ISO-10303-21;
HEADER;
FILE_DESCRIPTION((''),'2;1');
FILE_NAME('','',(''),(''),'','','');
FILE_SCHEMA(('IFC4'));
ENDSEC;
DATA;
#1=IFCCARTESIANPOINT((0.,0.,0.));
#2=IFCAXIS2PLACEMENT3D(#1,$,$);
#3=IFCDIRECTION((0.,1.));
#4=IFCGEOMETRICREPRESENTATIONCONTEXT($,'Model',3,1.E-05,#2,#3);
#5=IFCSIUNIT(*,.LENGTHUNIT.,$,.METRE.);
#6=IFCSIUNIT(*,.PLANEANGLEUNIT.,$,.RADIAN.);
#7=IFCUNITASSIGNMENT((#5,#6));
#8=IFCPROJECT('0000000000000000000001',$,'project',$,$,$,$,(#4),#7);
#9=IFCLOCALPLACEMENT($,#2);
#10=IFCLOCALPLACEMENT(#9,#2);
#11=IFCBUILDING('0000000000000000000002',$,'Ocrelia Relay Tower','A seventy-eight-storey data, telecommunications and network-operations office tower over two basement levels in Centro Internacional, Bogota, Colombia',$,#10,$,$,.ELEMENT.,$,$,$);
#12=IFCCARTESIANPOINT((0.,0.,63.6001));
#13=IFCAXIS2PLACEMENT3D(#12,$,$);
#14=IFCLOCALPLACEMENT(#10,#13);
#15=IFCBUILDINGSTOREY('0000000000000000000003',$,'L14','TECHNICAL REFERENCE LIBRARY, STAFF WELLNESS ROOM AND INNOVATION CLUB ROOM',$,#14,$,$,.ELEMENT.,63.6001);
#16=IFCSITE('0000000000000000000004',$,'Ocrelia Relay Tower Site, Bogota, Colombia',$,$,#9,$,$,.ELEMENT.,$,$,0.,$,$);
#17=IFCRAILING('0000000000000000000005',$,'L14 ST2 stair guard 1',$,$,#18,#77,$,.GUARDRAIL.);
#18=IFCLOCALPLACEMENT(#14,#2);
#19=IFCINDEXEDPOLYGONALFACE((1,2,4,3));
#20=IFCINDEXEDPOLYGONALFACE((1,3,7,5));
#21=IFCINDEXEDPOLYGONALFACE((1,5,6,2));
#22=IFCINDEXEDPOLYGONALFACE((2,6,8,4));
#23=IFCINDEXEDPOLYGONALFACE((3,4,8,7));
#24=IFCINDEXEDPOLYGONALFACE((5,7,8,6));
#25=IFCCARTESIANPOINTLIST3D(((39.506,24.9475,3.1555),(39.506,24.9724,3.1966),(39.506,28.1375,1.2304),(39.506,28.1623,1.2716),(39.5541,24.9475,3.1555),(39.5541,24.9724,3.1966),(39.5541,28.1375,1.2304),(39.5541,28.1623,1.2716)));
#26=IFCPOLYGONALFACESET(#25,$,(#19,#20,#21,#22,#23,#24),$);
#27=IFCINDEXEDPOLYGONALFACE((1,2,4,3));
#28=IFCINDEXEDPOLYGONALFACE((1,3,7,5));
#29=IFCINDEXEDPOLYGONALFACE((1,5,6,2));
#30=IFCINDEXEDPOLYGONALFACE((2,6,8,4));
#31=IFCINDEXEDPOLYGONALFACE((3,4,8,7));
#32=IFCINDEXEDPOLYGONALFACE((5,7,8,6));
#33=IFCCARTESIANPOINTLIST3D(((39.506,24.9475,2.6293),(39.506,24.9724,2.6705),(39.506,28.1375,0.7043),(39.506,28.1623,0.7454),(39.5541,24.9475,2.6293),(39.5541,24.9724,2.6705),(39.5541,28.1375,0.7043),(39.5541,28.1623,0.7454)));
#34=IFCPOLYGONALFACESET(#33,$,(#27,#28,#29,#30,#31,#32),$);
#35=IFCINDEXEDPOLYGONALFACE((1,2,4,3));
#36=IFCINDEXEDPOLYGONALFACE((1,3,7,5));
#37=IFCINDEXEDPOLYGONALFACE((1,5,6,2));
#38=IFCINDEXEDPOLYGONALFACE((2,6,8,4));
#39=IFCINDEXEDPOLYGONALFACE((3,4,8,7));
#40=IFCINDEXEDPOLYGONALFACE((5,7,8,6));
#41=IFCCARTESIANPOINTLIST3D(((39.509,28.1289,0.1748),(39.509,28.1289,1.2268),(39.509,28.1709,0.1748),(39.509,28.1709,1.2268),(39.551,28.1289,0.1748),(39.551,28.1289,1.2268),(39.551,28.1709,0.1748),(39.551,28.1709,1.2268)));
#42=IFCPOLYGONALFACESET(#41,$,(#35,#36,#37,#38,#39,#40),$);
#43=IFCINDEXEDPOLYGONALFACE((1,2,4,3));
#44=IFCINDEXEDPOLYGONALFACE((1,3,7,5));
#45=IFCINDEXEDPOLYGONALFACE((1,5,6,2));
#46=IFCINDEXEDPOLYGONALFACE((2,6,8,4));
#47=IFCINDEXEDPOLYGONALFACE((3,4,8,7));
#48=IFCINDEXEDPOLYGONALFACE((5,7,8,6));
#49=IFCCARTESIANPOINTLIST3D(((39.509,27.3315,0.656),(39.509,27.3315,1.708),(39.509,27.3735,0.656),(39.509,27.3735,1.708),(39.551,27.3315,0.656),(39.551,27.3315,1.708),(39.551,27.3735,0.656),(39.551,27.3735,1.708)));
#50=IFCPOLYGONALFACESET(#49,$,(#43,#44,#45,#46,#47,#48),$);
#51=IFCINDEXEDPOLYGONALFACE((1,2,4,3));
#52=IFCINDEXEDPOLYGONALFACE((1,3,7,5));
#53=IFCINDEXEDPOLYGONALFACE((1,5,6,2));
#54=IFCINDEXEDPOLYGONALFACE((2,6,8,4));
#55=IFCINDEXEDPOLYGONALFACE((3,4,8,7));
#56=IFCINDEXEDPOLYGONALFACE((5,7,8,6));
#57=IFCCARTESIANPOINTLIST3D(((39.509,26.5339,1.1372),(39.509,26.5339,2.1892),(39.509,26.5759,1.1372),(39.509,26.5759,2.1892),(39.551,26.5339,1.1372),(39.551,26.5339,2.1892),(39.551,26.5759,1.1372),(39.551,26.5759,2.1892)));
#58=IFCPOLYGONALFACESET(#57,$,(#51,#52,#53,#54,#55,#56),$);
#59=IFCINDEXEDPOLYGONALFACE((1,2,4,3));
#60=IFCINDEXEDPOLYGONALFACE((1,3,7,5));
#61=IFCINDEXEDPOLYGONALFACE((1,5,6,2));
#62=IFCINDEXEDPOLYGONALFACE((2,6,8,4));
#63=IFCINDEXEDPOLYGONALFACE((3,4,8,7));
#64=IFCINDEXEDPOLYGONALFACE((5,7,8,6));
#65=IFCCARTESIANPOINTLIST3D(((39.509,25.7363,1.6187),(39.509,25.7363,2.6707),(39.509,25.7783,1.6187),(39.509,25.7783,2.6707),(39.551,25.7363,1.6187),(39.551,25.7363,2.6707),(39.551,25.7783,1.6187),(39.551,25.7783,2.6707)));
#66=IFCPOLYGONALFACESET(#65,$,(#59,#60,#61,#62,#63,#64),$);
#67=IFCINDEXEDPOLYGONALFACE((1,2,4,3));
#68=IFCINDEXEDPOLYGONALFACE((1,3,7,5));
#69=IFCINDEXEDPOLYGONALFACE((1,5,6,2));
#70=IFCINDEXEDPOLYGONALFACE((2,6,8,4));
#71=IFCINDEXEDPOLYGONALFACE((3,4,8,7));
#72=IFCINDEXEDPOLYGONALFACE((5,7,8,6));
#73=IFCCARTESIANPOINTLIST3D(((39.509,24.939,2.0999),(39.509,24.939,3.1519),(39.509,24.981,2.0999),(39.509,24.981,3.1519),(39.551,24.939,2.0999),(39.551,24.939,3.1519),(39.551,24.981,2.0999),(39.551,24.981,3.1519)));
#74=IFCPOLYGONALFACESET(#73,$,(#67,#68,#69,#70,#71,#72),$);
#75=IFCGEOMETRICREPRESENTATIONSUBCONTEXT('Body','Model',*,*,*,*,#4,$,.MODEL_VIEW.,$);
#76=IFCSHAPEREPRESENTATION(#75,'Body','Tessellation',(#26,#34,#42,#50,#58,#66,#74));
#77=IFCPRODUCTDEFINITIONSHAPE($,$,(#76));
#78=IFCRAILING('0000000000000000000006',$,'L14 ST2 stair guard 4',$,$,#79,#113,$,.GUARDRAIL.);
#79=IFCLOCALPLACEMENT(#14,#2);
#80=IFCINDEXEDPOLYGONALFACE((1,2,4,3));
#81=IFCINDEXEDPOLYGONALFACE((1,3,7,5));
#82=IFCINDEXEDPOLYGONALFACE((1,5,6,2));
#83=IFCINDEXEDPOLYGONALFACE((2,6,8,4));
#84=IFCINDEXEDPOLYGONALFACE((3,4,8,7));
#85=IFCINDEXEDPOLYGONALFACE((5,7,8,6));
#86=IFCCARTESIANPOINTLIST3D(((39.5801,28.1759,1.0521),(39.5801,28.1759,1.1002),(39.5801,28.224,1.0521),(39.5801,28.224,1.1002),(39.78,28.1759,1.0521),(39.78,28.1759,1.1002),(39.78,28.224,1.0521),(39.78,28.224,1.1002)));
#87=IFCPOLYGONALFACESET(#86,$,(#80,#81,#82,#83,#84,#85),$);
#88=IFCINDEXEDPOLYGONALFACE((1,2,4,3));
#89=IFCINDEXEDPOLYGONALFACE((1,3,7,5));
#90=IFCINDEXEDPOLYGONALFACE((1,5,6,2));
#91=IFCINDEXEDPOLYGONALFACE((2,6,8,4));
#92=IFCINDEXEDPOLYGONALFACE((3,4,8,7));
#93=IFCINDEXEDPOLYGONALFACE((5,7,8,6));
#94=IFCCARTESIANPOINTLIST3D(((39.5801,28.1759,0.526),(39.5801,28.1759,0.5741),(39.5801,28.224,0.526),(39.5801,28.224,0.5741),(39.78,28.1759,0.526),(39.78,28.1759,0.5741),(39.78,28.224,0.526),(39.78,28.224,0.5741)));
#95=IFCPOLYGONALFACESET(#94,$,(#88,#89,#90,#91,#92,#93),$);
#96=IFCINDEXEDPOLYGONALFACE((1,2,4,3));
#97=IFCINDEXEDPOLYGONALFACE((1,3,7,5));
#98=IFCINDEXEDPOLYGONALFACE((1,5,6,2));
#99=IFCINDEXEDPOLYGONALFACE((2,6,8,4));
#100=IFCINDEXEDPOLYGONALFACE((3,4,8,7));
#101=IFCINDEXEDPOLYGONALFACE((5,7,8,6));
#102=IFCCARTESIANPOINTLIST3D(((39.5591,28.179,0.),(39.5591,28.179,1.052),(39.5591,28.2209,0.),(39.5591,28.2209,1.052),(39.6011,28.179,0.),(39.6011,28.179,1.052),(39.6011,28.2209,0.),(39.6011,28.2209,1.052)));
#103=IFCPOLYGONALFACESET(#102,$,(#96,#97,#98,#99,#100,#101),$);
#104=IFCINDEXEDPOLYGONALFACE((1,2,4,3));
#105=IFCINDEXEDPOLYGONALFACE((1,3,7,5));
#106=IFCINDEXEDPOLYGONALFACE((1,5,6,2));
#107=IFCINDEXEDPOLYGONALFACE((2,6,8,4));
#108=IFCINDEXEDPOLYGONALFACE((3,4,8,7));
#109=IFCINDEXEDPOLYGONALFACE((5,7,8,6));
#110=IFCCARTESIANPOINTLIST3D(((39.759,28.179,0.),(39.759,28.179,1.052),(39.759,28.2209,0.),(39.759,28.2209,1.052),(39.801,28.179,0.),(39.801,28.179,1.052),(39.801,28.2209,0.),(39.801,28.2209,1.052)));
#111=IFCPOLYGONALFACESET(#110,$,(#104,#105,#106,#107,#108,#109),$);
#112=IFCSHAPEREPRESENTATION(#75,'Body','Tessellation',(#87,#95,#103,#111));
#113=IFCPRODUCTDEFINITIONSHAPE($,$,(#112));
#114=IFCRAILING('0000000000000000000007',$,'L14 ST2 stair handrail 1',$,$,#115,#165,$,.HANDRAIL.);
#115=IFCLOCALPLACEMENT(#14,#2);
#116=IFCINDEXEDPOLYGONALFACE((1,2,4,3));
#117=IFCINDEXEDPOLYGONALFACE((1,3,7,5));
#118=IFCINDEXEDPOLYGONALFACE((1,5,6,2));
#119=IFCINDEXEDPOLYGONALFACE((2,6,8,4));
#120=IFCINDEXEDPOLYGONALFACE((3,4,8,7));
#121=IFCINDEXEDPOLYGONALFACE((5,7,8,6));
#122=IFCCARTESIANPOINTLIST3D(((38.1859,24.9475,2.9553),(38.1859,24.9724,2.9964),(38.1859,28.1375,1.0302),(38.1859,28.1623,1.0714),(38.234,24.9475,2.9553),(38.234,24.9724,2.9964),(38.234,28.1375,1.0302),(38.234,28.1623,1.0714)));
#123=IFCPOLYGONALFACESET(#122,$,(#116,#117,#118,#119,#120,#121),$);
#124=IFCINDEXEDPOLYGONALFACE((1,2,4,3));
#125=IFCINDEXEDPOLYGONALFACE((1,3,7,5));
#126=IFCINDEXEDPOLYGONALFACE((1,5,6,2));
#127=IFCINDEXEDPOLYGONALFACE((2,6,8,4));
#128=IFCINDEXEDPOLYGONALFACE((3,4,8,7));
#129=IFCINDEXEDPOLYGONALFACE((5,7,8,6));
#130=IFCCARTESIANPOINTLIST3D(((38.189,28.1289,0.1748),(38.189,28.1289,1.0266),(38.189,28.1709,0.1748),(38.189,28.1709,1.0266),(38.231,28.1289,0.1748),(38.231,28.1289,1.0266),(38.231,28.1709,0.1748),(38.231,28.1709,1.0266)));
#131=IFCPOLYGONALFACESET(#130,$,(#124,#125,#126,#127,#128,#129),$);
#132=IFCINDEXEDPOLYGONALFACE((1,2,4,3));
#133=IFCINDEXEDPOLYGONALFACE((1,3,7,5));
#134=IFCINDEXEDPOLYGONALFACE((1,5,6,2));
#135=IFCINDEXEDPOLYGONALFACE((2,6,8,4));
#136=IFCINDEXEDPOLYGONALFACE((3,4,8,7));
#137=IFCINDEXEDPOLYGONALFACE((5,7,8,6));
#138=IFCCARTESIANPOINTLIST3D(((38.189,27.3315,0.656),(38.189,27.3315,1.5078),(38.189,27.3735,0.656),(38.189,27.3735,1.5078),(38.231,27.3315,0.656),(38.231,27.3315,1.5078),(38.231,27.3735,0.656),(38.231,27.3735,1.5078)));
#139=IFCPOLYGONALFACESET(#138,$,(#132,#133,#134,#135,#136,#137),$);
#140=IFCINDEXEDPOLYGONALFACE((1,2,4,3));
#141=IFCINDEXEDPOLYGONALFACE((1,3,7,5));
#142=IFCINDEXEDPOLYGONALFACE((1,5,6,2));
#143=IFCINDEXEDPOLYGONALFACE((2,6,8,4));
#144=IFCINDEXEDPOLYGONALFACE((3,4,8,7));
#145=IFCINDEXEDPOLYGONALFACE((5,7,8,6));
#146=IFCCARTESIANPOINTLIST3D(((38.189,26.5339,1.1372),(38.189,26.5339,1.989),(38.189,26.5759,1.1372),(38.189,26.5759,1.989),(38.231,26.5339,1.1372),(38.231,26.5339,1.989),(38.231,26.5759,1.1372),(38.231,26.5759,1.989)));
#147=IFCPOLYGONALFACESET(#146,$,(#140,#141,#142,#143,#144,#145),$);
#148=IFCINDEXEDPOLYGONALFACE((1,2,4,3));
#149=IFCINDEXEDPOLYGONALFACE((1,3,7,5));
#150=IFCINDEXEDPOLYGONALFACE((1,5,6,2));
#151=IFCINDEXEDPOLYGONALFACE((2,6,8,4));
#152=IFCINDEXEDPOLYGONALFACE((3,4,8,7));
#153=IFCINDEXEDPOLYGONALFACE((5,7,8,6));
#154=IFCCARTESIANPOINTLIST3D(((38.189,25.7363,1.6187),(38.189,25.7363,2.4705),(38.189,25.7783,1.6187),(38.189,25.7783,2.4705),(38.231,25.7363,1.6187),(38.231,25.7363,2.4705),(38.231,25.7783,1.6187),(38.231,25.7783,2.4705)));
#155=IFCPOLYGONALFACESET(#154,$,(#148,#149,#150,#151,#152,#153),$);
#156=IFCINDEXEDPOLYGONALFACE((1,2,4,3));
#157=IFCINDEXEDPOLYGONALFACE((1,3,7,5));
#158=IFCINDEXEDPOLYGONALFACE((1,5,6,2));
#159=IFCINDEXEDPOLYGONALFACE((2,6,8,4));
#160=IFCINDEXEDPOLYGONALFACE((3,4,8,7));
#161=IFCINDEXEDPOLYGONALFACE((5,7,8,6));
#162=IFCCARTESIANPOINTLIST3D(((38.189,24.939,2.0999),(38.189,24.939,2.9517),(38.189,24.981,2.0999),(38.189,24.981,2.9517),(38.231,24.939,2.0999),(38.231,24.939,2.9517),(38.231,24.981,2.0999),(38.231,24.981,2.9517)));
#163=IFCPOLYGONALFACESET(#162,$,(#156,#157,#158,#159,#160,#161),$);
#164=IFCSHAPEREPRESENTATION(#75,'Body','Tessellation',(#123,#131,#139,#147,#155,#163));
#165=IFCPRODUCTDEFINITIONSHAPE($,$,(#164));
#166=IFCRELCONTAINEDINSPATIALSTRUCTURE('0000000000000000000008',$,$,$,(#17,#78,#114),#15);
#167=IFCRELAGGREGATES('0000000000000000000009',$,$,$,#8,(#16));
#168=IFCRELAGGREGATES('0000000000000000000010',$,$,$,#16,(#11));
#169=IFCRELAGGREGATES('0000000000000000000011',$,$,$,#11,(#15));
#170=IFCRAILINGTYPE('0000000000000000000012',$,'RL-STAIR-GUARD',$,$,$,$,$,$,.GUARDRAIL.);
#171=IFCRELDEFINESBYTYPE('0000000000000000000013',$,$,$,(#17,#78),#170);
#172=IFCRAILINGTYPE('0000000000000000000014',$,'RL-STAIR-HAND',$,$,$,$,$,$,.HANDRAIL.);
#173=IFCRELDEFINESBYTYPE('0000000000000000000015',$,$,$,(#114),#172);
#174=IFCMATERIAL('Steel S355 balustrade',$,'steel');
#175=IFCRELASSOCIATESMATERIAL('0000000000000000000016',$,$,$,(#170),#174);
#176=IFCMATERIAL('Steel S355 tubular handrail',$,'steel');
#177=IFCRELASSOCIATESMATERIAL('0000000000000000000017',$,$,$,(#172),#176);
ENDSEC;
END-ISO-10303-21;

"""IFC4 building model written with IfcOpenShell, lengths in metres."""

from ifc_helpers import new_model, si_unit, direction, frame, origin, origin_2d, place, context, subcontext, project, spatial, rectangle, extrude, material, type_object, element, save


model = new_model("IFC4")

# Units and contexts
model_context = context("Model", 3, precision=1e-05, world=origin(), true_north=direction((0.0, 1.0)))
body_context = subcontext(model_context, "Body", "Model", "MODEL_VIEW")
ifc_project = project(units=[si_unit("LENGTHUNIT", "METRE"), si_unit("PLANEANGLEUNIT", "RADIAN")], contexts=[model_context])

# Site, building, storey
site_placement = place(None, origin())
site = spatial("IfcSite", under=ifc_project, at=site_placement, Name="Ocrelia Relay Tower Site, Bogota, Colombia", CompositionType="ELEMENT", RefElevation=0.0)
building_placement = place(site_placement, origin())
building = spatial("IfcBuilding", under=site, at=building_placement, Name="Ocrelia Relay Tower", Description="A seventy-eight-storey data, telecommunications and network-operations office tower over two basement levels in Centro Internacional, Bogota, Colombia", CompositionType="ELEMENT")
storey_placement = place(building_placement, frame((0.0, 0.0, 63.6001)))
storey = spatial("IfcBuildingStorey", under=building, at=storey_placement, Name="L14", Description="TECHNICAL REFERENCE LIBRARY, STAFF WELLNESS ROOM AND INNOVATION CLUB ROOM", CompositionType="ELEMENT", Elevation=63.6001)

# Railings
ifc_material_1 = material(Name="Steel S355 balustrade", Category="steel")
railing_type_1 = type_object("IfcRailingType", Name="RL-STAIR-GUARD", PredefinedType="GUARDRAIL", material=ifc_material_1)
railing_1_placement = place(storey_placement, frame((39.53, 28.1499, 0.1748)))
element("IfcRailing", 1, at=railing_1_placement, inside=storey, type_object=railing_type_1, Name="L14 ST2 stair guard 1", PredefinedType="GUARDRAIL", context=body_context, shape_type="SweptSolid", body=[
    extrude(rectangle(XDim=0.0481, YDim=0.0481, at=origin_2d()), frame((0.0, 0.0, 1.0762), z_axis=(0.0, -0.856178, 0.516682), x_axis=(1.0, 0.0, 0.0)), (0.0, 0.0, 1.0), 3.7258),
    extrude(rectangle(XDim=0.0481, YDim=0.0481, at=origin_2d()), frame((0.0, 0.0, 0.55), z_axis=(0.0, -0.856178, 0.516682), x_axis=(1.0, 0.0, 0.0)), (0.0, 0.0, 1.0), 3.7258),
    extrude(rectangle(XDim=0.042, YDim=0.042, at=origin_2d()), origin(), (0.0, 0.0, 1.0), 1.052),
    extrude(rectangle(XDim=0.042, YDim=0.042, at=origin_2d()), frame((0.0, -0.7974, 0.4812)), (0.0, 0.0, 1.0), 1.052),
    extrude(rectangle(XDim=0.042, YDim=0.042, at=origin_2d()), frame((0.0, -1.595, 0.9624)), (0.0, 0.0, 1.0), 1.052),
    extrude(rectangle(XDim=0.042, YDim=0.042, at=origin_2d()), frame((0.0, -2.3926, 1.4438)), (0.0, 0.0, 1.0), 1.052),
    extrude(rectangle(XDim=0.042, YDim=0.042, at=origin_2d()), frame((0.0, -3.1899, 1.925)), (0.0, 0.0, 1.0), 1.052),
])
railing_2_placement = place(storey_placement, frame((39.5801, 28.2, 0.0)))
element("IfcRailing", 2, at=railing_2_placement, inside=storey, type_object=railing_type_1, Name="L14 ST2 stair guard 4", PredefinedType="GUARDRAIL", context=body_context, shape_type="SweptSolid", body=[
    extrude(rectangle(XDim=0.0481, YDim=0.0481, at=origin_2d()), frame((0.0, 0.0, 1.0762), z_axis=(1.0, 0.0, 0.0), x_axis=(0.0, 1.0, 0.0)), (0.0, 0.0, 1.0), 0.2),
    extrude(rectangle(XDim=0.0481, YDim=0.0481, at=origin_2d()), frame((0.0, 0.0, 0.55), z_axis=(1.0, 0.0, 0.0), x_axis=(0.0, 1.0, 0.0)), (0.0, 0.0, 1.0), 0.2),
    extrude(rectangle(XDim=0.042, YDim=0.042, at=origin_2d()), origin(), (0.0, 0.0, 1.0), 1.052),
    extrude(rectangle(XDim=0.042, YDim=0.042, at=origin_2d()), frame((0.2, 0.0, 0.0)), (0.0, 0.0, 1.0), 1.052),
])
ifc_material_2 = material(Name="Steel S355 tubular handrail", Category="steel")
railing_type_2 = type_object("IfcRailingType", Name="RL-STAIR-HAND", PredefinedType="HANDRAIL", material=ifc_material_2)
railing_3_placement = place(storey_placement, frame((38.21, 28.1499, 0.1748)))
element("IfcRailing", 3, at=railing_3_placement, inside=storey, type_object=railing_type_2, Name="L14 ST2 stair handrail 1", PredefinedType="HANDRAIL", context=body_context, shape_type="SweptSolid", body=[
    extrude(rectangle(XDim=0.0481, YDim=0.0481, at=origin_2d()), frame((0.0, 0.0, 0.876), z_axis=(0.0, -0.856178, 0.516682), x_axis=(1.0, 0.0, 0.0)), (0.0, 0.0, 1.0), 3.7258),
    extrude(rectangle(XDim=0.042, YDim=0.042, at=origin_2d()), origin(), (0.0, 0.0, 1.0), 0.8518),
    extrude(rectangle(XDim=0.042, YDim=0.042, at=origin_2d()), frame((0.0, -0.7974, 0.4812)), (0.0, 0.0, 1.0), 0.8518),
    extrude(rectangle(XDim=0.042, YDim=0.042, at=origin_2d()), frame((0.0, -1.595, 0.9624)), (0.0, 0.0, 1.0), 0.8518),
    extrude(rectangle(XDim=0.042, YDim=0.042, at=origin_2d()), frame((0.0, -2.3926, 1.4438)), (0.0, 0.0, 1.0), 0.8518),
    extrude(rectangle(XDim=0.042, YDim=0.042, at=origin_2d()), frame((0.0, -3.1899, 1.925)), (0.0, 0.0, 1.0), 0.8518),
])

save(model, "model.ifc")
